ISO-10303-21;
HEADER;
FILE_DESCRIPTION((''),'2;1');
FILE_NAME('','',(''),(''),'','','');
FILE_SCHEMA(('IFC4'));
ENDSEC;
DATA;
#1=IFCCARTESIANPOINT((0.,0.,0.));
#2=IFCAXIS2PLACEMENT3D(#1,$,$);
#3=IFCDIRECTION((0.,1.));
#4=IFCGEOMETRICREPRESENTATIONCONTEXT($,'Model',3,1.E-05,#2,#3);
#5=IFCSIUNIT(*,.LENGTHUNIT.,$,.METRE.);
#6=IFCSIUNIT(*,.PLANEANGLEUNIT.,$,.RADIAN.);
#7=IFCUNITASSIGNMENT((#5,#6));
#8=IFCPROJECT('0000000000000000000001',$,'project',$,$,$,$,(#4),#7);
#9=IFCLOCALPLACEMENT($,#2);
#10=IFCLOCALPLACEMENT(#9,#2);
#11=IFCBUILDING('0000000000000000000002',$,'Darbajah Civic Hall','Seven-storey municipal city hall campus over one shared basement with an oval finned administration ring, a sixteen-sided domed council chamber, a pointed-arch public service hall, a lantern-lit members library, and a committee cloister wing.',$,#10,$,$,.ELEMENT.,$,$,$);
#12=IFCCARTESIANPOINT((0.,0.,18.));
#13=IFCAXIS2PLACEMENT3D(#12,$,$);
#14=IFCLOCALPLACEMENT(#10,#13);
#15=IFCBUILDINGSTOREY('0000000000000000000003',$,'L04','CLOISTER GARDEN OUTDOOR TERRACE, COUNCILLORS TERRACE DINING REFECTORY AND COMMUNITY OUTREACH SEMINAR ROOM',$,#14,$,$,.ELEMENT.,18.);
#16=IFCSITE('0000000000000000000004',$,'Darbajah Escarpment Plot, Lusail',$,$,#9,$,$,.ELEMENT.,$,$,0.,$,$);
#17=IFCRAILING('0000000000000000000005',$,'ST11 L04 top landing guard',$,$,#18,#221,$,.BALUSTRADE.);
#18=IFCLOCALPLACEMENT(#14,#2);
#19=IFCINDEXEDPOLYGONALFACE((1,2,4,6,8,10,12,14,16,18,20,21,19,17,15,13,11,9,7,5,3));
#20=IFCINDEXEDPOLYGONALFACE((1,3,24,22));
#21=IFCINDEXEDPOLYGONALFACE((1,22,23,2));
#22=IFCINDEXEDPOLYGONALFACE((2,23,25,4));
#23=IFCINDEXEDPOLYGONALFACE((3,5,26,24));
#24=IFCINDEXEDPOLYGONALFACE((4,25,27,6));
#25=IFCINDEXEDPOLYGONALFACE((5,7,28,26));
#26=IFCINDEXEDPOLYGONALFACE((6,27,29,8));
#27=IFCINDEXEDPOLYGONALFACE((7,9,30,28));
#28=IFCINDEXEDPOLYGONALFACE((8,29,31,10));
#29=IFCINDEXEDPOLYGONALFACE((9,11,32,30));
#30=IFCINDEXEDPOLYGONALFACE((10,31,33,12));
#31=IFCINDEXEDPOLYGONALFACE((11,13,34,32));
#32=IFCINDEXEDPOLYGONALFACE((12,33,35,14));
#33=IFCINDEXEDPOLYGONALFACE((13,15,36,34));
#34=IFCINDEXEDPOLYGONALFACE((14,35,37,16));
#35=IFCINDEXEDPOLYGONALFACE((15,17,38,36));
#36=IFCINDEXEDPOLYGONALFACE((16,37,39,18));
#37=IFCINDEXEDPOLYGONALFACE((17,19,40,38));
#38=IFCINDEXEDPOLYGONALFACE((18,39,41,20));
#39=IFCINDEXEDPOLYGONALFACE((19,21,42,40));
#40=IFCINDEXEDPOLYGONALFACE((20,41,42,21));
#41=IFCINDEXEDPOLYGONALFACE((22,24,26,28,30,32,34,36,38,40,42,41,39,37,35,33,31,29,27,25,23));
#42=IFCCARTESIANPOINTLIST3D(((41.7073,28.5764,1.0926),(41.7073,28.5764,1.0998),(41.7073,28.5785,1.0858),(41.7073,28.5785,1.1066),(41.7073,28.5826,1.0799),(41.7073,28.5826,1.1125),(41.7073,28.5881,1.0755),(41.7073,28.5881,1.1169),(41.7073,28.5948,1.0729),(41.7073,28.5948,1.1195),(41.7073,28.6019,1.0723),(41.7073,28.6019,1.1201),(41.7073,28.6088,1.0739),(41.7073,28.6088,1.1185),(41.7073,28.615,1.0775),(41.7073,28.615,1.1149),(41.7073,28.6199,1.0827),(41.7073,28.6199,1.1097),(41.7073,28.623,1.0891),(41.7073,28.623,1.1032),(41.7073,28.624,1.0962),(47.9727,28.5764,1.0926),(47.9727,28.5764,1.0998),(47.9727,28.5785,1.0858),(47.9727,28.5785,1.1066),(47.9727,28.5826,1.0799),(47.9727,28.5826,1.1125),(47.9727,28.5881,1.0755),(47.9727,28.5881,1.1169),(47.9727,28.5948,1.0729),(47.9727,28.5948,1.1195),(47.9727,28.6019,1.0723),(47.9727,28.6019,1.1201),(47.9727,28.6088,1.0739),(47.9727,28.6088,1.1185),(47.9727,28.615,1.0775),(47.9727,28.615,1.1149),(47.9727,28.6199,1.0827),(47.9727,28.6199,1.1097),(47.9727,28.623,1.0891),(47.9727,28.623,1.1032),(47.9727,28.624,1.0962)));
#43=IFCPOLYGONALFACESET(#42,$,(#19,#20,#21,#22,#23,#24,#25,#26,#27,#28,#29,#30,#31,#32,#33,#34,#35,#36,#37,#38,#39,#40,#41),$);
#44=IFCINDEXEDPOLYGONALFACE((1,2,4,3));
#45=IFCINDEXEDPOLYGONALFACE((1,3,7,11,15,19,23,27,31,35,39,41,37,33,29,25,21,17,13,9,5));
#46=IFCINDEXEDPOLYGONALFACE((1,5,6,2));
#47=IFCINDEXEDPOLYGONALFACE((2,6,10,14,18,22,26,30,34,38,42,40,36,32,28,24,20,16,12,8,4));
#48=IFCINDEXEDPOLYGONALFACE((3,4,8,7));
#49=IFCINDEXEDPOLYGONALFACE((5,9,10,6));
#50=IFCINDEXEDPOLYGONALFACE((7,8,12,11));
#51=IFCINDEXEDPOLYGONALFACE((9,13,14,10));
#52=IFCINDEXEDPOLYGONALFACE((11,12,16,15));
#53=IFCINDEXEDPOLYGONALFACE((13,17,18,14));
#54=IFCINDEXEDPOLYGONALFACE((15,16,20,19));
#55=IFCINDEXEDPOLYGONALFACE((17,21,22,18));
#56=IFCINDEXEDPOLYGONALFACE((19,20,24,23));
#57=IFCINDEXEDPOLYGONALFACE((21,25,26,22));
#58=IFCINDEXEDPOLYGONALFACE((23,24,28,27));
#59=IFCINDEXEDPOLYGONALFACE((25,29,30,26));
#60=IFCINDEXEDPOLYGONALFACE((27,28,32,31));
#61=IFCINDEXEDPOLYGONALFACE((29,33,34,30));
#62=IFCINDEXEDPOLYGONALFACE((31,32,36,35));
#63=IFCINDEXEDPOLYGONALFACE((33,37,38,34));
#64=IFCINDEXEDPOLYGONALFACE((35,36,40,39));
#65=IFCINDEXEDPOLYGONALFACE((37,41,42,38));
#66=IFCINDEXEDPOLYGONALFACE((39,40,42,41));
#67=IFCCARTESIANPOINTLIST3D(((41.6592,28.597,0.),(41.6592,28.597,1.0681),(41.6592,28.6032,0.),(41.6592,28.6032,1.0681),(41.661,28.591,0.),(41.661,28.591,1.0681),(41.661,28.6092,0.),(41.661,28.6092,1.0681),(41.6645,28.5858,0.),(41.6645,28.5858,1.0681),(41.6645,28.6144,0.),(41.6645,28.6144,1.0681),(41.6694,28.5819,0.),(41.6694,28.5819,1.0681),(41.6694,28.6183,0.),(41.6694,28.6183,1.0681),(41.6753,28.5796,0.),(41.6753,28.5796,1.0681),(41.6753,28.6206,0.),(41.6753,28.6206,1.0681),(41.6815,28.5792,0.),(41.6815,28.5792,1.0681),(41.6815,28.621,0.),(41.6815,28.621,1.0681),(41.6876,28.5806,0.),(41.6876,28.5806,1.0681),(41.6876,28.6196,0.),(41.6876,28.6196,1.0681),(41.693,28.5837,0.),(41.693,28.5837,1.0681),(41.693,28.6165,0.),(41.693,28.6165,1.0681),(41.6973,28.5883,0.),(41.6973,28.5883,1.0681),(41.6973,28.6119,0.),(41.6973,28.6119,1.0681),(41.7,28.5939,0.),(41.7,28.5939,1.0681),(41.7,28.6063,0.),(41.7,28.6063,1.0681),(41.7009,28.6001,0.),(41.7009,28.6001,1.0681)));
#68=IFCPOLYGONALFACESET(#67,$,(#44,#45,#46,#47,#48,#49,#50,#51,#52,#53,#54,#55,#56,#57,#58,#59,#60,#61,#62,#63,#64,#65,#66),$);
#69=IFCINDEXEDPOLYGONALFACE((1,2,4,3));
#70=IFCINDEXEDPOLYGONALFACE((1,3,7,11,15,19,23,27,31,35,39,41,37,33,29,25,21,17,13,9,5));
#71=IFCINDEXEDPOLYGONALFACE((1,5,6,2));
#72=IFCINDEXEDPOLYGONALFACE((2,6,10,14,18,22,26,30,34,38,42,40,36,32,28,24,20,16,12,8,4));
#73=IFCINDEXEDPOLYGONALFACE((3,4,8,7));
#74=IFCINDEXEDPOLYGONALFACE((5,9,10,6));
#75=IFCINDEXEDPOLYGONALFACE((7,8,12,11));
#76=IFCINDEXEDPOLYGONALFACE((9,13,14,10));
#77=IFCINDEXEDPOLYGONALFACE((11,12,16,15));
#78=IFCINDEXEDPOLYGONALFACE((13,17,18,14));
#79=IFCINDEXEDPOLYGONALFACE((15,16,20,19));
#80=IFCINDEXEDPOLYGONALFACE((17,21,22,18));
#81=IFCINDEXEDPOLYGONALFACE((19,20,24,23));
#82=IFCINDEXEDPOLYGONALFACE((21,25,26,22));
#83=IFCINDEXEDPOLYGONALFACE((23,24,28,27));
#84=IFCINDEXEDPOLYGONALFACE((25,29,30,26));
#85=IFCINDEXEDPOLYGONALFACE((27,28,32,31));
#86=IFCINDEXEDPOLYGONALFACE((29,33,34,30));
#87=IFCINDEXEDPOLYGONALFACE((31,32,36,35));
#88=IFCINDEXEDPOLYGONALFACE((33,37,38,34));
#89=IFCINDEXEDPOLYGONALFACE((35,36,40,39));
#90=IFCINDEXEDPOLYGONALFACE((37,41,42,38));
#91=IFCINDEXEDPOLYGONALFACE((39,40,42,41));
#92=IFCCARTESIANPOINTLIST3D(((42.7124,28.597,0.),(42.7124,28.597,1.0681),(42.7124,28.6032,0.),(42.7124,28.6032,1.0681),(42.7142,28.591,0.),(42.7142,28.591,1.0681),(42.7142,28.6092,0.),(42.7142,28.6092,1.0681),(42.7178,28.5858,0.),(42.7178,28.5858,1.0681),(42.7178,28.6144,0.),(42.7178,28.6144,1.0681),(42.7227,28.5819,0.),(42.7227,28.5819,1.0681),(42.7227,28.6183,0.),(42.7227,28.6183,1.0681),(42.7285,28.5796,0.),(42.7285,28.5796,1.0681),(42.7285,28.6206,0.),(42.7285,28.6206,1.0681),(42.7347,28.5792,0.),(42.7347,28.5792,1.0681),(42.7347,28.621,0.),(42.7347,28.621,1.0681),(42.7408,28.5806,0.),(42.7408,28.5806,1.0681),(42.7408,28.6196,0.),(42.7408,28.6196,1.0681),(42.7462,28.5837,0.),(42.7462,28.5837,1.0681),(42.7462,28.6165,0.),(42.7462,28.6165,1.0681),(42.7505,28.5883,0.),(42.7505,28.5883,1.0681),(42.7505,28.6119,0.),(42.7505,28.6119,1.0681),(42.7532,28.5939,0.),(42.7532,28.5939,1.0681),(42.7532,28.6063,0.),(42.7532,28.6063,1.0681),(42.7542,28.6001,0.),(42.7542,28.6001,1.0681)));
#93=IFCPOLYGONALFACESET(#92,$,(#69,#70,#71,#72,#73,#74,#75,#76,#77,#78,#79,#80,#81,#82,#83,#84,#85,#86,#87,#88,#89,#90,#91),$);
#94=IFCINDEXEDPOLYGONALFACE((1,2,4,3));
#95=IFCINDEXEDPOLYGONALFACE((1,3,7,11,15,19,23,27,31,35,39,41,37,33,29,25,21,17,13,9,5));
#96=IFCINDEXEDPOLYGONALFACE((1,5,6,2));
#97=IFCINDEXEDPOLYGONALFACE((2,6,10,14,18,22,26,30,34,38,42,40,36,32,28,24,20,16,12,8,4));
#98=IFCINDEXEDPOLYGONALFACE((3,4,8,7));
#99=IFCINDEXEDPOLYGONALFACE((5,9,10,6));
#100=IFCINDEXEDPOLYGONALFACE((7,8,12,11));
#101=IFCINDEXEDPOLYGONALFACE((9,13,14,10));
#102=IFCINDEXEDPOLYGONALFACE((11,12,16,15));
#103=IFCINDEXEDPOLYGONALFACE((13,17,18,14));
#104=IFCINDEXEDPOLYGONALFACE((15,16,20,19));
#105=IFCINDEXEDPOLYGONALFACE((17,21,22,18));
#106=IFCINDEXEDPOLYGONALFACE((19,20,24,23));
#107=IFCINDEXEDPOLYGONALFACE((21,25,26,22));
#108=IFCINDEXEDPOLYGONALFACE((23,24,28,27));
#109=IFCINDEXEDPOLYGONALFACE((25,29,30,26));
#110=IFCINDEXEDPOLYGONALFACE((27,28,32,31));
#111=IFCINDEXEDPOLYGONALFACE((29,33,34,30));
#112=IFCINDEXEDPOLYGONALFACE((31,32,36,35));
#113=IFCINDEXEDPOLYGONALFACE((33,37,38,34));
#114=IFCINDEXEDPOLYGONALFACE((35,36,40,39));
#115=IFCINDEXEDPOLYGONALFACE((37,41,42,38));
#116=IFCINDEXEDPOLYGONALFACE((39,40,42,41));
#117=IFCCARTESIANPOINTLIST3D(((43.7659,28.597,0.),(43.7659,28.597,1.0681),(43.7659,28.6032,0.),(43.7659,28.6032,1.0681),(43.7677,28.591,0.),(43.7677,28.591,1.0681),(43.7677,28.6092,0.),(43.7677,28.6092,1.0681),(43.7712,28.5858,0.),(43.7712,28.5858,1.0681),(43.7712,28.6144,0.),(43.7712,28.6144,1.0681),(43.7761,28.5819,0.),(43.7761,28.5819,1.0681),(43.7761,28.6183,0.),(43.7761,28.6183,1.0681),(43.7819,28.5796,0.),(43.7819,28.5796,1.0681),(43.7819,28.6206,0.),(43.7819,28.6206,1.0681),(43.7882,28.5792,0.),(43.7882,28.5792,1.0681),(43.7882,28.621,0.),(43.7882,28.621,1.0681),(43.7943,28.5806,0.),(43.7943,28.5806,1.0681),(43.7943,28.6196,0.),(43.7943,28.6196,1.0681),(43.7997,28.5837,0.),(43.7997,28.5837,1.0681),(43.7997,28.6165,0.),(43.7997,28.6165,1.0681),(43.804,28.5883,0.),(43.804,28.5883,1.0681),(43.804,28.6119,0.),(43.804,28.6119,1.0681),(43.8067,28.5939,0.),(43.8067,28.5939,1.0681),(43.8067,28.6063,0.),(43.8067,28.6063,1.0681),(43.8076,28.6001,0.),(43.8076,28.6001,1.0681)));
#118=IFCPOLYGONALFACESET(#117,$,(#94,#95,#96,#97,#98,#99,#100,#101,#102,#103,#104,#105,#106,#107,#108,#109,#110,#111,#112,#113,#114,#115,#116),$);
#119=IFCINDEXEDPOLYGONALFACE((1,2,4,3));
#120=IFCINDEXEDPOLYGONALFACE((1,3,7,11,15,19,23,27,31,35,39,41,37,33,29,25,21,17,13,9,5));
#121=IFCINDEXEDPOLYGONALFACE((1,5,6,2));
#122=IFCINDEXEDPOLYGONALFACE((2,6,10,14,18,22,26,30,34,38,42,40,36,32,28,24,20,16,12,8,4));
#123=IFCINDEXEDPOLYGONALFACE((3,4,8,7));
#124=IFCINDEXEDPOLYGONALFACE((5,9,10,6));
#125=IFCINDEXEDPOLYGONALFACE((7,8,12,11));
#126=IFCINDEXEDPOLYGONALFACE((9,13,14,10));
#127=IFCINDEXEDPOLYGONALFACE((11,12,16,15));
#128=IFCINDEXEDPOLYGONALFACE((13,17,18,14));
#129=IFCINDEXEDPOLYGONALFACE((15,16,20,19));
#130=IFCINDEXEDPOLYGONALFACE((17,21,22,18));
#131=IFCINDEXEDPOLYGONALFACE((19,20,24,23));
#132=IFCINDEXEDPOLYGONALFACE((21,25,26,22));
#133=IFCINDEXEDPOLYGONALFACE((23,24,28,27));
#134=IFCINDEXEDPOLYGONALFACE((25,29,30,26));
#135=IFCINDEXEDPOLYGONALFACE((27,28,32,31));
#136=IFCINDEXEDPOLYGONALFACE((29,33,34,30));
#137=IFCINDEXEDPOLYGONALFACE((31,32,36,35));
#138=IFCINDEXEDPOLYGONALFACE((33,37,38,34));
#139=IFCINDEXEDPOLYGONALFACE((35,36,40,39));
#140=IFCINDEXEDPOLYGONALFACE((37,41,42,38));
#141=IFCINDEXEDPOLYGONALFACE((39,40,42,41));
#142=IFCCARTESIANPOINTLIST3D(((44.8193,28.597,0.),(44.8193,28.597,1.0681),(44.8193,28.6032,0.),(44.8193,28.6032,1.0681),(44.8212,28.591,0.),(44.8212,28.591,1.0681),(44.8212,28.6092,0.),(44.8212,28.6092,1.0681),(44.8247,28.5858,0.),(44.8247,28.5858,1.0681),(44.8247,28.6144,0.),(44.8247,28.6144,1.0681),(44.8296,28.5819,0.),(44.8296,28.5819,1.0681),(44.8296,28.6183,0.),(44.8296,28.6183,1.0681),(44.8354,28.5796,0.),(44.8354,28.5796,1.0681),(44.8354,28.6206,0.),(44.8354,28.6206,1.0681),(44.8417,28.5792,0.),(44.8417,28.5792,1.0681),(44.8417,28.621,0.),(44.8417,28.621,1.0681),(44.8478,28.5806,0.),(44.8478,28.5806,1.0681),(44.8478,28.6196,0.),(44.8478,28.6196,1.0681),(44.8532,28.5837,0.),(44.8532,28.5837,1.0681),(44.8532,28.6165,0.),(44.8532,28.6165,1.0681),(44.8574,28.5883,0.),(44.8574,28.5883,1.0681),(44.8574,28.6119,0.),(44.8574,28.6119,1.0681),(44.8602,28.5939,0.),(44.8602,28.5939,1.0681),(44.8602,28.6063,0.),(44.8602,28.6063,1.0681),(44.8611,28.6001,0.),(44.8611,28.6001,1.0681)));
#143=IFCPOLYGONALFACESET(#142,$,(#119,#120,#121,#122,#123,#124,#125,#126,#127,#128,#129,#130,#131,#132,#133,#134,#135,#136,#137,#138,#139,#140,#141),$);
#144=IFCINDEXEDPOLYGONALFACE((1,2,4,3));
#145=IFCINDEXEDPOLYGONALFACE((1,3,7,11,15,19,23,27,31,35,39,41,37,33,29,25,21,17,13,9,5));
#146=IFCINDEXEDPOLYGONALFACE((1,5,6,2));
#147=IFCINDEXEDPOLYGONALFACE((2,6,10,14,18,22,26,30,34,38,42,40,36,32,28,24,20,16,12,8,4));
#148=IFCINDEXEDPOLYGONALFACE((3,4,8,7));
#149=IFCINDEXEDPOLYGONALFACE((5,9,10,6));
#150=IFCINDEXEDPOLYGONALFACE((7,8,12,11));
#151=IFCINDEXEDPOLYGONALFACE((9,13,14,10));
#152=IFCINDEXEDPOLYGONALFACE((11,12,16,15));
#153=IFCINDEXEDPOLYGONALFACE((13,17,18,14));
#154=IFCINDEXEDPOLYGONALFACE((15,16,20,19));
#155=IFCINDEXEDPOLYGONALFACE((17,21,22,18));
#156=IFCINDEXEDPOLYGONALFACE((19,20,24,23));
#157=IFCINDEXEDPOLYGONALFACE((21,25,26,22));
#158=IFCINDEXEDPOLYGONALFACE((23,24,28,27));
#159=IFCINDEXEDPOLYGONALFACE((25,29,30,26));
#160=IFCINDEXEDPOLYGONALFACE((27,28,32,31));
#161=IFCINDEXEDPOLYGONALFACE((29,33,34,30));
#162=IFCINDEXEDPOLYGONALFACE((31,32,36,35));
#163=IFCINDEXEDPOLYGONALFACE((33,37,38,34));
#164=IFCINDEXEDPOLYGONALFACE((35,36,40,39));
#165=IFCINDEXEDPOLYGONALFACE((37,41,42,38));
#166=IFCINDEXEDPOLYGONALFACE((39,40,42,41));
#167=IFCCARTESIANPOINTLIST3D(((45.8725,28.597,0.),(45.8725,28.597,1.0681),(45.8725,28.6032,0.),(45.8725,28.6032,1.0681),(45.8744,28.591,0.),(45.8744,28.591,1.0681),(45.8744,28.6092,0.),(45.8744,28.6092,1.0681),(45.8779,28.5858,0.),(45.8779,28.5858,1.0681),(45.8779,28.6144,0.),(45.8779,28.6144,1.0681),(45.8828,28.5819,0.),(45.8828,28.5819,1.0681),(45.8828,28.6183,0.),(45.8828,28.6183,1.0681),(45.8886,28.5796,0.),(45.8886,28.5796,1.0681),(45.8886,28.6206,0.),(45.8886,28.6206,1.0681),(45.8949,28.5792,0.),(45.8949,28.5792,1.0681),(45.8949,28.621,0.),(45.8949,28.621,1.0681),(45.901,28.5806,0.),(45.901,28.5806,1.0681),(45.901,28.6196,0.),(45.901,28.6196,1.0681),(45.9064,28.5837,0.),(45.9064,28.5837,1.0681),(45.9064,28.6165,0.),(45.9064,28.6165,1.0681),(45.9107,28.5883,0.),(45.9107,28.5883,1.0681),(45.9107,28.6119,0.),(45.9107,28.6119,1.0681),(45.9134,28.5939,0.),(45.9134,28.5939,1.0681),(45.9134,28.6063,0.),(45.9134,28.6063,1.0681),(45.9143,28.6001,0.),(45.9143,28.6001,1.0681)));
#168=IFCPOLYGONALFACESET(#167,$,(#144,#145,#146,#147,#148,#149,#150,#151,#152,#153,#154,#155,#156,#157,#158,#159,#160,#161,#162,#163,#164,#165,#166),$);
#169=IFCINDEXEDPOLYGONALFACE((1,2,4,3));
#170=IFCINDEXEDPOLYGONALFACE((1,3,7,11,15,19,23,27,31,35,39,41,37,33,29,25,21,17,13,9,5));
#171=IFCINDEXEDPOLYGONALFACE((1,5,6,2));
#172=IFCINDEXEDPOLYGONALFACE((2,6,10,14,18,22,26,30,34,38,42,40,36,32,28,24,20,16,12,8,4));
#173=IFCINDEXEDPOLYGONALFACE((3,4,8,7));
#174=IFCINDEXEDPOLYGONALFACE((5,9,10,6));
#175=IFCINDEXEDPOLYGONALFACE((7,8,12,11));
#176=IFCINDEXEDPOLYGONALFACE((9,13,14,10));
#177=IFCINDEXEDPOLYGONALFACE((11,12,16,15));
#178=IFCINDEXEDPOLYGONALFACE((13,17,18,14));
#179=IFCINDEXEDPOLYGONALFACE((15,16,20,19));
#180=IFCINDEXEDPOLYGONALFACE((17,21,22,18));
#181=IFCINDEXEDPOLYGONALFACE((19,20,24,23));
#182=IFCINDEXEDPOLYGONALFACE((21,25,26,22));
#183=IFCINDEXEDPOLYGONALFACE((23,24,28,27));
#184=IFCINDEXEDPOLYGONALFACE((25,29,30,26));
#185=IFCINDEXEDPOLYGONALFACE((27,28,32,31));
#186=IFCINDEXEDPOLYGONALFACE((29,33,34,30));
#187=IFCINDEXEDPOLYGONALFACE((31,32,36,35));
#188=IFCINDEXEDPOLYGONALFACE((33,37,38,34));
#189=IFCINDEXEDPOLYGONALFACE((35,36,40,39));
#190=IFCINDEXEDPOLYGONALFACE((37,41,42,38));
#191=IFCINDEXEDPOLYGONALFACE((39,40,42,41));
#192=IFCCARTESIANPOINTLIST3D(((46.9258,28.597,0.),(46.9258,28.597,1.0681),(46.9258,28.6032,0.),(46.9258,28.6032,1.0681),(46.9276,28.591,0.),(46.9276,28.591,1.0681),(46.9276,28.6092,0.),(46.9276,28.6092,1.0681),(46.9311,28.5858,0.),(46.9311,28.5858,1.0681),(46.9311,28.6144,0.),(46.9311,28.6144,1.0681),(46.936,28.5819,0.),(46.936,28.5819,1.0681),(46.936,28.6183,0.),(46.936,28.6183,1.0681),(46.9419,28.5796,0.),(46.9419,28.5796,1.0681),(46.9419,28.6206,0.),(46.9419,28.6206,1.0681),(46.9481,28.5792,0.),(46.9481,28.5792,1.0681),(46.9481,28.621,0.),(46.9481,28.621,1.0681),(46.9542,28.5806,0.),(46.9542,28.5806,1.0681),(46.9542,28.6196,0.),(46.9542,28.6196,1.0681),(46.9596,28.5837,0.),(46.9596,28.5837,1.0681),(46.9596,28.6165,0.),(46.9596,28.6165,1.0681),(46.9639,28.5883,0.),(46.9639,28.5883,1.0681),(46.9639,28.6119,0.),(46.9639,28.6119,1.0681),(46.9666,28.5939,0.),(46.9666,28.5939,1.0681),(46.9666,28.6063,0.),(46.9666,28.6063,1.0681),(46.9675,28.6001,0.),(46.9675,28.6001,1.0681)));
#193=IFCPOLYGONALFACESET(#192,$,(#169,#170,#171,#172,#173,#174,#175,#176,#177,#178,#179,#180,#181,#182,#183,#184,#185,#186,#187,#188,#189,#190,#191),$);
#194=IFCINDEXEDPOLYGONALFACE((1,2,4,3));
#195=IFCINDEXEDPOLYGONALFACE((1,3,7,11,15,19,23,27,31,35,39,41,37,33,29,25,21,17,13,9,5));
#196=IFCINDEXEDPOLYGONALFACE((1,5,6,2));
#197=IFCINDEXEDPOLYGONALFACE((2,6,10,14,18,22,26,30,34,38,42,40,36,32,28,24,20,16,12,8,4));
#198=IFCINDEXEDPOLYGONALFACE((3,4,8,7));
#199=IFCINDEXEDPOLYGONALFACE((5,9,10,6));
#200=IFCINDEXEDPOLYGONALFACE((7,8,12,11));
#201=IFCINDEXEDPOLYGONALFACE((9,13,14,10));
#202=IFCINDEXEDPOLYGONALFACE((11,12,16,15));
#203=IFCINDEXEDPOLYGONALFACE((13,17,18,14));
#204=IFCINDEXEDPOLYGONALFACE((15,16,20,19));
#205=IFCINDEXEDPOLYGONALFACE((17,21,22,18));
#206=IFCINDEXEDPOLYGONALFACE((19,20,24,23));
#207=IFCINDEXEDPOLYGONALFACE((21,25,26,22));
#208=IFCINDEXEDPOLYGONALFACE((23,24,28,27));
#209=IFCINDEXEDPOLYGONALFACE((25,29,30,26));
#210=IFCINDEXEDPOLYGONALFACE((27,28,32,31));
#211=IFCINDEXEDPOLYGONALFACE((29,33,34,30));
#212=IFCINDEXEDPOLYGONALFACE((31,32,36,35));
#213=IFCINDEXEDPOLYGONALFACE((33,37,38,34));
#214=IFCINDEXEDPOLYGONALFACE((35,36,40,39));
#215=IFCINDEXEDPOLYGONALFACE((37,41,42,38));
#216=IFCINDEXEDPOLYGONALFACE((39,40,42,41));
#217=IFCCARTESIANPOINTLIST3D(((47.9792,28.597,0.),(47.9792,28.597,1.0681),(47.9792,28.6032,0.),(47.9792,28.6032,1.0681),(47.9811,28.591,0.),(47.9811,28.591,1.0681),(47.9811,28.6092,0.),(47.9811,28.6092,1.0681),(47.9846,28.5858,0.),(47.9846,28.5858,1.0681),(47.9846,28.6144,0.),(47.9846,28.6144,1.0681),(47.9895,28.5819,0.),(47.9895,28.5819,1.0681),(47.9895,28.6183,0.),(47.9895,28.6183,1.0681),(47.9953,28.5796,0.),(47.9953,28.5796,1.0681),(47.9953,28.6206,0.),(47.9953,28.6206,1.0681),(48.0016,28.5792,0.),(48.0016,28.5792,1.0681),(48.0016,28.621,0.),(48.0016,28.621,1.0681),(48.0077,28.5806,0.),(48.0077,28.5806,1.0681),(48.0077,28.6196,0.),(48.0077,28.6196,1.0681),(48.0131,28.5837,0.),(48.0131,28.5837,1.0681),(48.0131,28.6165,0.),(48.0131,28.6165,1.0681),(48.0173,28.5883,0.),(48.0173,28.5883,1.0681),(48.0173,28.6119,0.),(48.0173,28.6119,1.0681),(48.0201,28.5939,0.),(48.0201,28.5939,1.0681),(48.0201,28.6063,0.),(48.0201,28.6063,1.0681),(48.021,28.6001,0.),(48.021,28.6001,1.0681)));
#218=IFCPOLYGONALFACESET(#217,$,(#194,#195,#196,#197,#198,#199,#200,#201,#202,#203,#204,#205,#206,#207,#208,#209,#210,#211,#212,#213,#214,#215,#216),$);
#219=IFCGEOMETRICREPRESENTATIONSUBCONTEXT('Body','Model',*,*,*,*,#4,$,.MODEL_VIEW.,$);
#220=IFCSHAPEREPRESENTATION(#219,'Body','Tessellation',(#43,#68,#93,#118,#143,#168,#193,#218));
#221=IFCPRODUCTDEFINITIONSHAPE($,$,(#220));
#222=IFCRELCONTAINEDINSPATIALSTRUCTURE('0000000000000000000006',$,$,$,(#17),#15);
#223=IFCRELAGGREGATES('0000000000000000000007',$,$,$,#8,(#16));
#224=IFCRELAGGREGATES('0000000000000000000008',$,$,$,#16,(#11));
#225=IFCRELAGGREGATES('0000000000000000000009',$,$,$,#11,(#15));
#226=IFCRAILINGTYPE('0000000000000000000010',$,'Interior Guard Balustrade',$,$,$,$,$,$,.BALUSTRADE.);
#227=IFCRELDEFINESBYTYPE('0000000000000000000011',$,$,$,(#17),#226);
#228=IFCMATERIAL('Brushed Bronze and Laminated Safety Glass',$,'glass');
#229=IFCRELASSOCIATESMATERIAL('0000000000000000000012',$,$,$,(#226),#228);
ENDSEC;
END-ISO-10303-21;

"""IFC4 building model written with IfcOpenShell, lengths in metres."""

from ifc_helpers import new_model, si_unit, direction, frame, origin, origin_2d, place, context, subcontext, project, spatial, circle, extrude, material, type_object, element, save


model = new_model("IFC4")

# Units and contexts
model_context = context("Model", 3, precision=1e-05, world=origin(), true_north=direction((0.0, 1.0)))
body_context = subcontext(model_context, "Body", "Model", "MODEL_VIEW")
ifc_project = project(units=[si_unit("LENGTHUNIT", "METRE"), si_unit("PLANEANGLEUNIT", "RADIAN")], contexts=[model_context])

# Site, building, storey
site_placement = place(None, origin())
site = spatial("IfcSite", under=ifc_project, at=site_placement, Name="Darbajah Escarpment Plot, Lusail", CompositionType="ELEMENT", RefElevation=0.0)
building_placement = place(site_placement, origin())
building = spatial("IfcBuilding", under=site, at=building_placement, Name="Darbajah Civic Hall", Description="Seven-storey municipal city hall campus over one shared basement with an oval finned administration ring, a sixteen-sided domed council chamber, a pointed-arch public service hall, a lantern-lit members library, and a committee cloister wing.", CompositionType="ELEMENT")
storey_placement = place(building_placement, frame((0.0, 0.0, 18.0)))
storey = spatial("IfcBuildingStorey", under=building, at=storey_placement, Name="L04", Description="CLOISTER GARDEN OUTDOOR TERRACE, COUNCILLORS TERRACE DINING REFECTORY AND COMMUNITY OUTREACH SEMINAR ROOM", CompositionType="ELEMENT", Elevation=18.0)

# Railing
ifc_material_1 = material(Name="Brushed Bronze and Laminated Safety Glass", Category="glass")
railing_type = type_object("IfcRailingType", Name="Interior Guard Balustrade", PredefinedType="BALUSTRADE", material=ifc_material_1)
railing_1_placement = place(storey_placement, frame((41.6799, 28.6001, 0.0)))
element("IfcRailing", 1, at=railing_1_placement, inside=storey, type_object=railing_type, Name="ST11 L04 top landing guard", PredefinedType="BALUSTRADE", context=body_context, shape_type="SweptSolid", body=[
    extrude(circle(Radius=0.0239, at=origin_2d()), frame((0.0273, 0.0, 1.0962), z_axis=(1.0, 0.0, 0.0), x_axis=(0.0, 1.0, 0.0)), (0.0, 0.0, 1.0), 6.2654),
    extrude(circle(Radius=0.021, at=origin_2d()), origin(), (0.0, 0.0, 1.0), 1.0681),
    extrude(circle(Radius=0.021, at=origin_2d()), frame((1.0532, 0.0, 0.0)), (0.0, 0.0, 1.0), 1.0681),
    extrude(circle(Radius=0.021, at=origin_2d()), frame((2.1067, 0.0, 0.0)), (0.0, 0.0, 1.0), 1.0681),
    extrude(circle(Radius=0.021, at=origin_2d()), frame((3.1602, 0.0, 0.0)), (0.0, 0.0, 1.0), 1.0681),
    extrude(circle(Radius=0.021, at=origin_2d()), frame((4.2134, 0.0, 0.0)), (0.0, 0.0, 1.0), 1.0681),
    extrude(circle(Radius=0.021, at=origin_2d()), frame((5.2666, 0.0, 0.0)), (0.0, 0.0, 1.0), 1.0681),
    extrude(circle(Radius=0.021, at=origin_2d()), frame((6.3201, 0.0, 0.0)), (0.0, 0.0, 1.0), 1.0681),
])

save(model, "model.ifc")
